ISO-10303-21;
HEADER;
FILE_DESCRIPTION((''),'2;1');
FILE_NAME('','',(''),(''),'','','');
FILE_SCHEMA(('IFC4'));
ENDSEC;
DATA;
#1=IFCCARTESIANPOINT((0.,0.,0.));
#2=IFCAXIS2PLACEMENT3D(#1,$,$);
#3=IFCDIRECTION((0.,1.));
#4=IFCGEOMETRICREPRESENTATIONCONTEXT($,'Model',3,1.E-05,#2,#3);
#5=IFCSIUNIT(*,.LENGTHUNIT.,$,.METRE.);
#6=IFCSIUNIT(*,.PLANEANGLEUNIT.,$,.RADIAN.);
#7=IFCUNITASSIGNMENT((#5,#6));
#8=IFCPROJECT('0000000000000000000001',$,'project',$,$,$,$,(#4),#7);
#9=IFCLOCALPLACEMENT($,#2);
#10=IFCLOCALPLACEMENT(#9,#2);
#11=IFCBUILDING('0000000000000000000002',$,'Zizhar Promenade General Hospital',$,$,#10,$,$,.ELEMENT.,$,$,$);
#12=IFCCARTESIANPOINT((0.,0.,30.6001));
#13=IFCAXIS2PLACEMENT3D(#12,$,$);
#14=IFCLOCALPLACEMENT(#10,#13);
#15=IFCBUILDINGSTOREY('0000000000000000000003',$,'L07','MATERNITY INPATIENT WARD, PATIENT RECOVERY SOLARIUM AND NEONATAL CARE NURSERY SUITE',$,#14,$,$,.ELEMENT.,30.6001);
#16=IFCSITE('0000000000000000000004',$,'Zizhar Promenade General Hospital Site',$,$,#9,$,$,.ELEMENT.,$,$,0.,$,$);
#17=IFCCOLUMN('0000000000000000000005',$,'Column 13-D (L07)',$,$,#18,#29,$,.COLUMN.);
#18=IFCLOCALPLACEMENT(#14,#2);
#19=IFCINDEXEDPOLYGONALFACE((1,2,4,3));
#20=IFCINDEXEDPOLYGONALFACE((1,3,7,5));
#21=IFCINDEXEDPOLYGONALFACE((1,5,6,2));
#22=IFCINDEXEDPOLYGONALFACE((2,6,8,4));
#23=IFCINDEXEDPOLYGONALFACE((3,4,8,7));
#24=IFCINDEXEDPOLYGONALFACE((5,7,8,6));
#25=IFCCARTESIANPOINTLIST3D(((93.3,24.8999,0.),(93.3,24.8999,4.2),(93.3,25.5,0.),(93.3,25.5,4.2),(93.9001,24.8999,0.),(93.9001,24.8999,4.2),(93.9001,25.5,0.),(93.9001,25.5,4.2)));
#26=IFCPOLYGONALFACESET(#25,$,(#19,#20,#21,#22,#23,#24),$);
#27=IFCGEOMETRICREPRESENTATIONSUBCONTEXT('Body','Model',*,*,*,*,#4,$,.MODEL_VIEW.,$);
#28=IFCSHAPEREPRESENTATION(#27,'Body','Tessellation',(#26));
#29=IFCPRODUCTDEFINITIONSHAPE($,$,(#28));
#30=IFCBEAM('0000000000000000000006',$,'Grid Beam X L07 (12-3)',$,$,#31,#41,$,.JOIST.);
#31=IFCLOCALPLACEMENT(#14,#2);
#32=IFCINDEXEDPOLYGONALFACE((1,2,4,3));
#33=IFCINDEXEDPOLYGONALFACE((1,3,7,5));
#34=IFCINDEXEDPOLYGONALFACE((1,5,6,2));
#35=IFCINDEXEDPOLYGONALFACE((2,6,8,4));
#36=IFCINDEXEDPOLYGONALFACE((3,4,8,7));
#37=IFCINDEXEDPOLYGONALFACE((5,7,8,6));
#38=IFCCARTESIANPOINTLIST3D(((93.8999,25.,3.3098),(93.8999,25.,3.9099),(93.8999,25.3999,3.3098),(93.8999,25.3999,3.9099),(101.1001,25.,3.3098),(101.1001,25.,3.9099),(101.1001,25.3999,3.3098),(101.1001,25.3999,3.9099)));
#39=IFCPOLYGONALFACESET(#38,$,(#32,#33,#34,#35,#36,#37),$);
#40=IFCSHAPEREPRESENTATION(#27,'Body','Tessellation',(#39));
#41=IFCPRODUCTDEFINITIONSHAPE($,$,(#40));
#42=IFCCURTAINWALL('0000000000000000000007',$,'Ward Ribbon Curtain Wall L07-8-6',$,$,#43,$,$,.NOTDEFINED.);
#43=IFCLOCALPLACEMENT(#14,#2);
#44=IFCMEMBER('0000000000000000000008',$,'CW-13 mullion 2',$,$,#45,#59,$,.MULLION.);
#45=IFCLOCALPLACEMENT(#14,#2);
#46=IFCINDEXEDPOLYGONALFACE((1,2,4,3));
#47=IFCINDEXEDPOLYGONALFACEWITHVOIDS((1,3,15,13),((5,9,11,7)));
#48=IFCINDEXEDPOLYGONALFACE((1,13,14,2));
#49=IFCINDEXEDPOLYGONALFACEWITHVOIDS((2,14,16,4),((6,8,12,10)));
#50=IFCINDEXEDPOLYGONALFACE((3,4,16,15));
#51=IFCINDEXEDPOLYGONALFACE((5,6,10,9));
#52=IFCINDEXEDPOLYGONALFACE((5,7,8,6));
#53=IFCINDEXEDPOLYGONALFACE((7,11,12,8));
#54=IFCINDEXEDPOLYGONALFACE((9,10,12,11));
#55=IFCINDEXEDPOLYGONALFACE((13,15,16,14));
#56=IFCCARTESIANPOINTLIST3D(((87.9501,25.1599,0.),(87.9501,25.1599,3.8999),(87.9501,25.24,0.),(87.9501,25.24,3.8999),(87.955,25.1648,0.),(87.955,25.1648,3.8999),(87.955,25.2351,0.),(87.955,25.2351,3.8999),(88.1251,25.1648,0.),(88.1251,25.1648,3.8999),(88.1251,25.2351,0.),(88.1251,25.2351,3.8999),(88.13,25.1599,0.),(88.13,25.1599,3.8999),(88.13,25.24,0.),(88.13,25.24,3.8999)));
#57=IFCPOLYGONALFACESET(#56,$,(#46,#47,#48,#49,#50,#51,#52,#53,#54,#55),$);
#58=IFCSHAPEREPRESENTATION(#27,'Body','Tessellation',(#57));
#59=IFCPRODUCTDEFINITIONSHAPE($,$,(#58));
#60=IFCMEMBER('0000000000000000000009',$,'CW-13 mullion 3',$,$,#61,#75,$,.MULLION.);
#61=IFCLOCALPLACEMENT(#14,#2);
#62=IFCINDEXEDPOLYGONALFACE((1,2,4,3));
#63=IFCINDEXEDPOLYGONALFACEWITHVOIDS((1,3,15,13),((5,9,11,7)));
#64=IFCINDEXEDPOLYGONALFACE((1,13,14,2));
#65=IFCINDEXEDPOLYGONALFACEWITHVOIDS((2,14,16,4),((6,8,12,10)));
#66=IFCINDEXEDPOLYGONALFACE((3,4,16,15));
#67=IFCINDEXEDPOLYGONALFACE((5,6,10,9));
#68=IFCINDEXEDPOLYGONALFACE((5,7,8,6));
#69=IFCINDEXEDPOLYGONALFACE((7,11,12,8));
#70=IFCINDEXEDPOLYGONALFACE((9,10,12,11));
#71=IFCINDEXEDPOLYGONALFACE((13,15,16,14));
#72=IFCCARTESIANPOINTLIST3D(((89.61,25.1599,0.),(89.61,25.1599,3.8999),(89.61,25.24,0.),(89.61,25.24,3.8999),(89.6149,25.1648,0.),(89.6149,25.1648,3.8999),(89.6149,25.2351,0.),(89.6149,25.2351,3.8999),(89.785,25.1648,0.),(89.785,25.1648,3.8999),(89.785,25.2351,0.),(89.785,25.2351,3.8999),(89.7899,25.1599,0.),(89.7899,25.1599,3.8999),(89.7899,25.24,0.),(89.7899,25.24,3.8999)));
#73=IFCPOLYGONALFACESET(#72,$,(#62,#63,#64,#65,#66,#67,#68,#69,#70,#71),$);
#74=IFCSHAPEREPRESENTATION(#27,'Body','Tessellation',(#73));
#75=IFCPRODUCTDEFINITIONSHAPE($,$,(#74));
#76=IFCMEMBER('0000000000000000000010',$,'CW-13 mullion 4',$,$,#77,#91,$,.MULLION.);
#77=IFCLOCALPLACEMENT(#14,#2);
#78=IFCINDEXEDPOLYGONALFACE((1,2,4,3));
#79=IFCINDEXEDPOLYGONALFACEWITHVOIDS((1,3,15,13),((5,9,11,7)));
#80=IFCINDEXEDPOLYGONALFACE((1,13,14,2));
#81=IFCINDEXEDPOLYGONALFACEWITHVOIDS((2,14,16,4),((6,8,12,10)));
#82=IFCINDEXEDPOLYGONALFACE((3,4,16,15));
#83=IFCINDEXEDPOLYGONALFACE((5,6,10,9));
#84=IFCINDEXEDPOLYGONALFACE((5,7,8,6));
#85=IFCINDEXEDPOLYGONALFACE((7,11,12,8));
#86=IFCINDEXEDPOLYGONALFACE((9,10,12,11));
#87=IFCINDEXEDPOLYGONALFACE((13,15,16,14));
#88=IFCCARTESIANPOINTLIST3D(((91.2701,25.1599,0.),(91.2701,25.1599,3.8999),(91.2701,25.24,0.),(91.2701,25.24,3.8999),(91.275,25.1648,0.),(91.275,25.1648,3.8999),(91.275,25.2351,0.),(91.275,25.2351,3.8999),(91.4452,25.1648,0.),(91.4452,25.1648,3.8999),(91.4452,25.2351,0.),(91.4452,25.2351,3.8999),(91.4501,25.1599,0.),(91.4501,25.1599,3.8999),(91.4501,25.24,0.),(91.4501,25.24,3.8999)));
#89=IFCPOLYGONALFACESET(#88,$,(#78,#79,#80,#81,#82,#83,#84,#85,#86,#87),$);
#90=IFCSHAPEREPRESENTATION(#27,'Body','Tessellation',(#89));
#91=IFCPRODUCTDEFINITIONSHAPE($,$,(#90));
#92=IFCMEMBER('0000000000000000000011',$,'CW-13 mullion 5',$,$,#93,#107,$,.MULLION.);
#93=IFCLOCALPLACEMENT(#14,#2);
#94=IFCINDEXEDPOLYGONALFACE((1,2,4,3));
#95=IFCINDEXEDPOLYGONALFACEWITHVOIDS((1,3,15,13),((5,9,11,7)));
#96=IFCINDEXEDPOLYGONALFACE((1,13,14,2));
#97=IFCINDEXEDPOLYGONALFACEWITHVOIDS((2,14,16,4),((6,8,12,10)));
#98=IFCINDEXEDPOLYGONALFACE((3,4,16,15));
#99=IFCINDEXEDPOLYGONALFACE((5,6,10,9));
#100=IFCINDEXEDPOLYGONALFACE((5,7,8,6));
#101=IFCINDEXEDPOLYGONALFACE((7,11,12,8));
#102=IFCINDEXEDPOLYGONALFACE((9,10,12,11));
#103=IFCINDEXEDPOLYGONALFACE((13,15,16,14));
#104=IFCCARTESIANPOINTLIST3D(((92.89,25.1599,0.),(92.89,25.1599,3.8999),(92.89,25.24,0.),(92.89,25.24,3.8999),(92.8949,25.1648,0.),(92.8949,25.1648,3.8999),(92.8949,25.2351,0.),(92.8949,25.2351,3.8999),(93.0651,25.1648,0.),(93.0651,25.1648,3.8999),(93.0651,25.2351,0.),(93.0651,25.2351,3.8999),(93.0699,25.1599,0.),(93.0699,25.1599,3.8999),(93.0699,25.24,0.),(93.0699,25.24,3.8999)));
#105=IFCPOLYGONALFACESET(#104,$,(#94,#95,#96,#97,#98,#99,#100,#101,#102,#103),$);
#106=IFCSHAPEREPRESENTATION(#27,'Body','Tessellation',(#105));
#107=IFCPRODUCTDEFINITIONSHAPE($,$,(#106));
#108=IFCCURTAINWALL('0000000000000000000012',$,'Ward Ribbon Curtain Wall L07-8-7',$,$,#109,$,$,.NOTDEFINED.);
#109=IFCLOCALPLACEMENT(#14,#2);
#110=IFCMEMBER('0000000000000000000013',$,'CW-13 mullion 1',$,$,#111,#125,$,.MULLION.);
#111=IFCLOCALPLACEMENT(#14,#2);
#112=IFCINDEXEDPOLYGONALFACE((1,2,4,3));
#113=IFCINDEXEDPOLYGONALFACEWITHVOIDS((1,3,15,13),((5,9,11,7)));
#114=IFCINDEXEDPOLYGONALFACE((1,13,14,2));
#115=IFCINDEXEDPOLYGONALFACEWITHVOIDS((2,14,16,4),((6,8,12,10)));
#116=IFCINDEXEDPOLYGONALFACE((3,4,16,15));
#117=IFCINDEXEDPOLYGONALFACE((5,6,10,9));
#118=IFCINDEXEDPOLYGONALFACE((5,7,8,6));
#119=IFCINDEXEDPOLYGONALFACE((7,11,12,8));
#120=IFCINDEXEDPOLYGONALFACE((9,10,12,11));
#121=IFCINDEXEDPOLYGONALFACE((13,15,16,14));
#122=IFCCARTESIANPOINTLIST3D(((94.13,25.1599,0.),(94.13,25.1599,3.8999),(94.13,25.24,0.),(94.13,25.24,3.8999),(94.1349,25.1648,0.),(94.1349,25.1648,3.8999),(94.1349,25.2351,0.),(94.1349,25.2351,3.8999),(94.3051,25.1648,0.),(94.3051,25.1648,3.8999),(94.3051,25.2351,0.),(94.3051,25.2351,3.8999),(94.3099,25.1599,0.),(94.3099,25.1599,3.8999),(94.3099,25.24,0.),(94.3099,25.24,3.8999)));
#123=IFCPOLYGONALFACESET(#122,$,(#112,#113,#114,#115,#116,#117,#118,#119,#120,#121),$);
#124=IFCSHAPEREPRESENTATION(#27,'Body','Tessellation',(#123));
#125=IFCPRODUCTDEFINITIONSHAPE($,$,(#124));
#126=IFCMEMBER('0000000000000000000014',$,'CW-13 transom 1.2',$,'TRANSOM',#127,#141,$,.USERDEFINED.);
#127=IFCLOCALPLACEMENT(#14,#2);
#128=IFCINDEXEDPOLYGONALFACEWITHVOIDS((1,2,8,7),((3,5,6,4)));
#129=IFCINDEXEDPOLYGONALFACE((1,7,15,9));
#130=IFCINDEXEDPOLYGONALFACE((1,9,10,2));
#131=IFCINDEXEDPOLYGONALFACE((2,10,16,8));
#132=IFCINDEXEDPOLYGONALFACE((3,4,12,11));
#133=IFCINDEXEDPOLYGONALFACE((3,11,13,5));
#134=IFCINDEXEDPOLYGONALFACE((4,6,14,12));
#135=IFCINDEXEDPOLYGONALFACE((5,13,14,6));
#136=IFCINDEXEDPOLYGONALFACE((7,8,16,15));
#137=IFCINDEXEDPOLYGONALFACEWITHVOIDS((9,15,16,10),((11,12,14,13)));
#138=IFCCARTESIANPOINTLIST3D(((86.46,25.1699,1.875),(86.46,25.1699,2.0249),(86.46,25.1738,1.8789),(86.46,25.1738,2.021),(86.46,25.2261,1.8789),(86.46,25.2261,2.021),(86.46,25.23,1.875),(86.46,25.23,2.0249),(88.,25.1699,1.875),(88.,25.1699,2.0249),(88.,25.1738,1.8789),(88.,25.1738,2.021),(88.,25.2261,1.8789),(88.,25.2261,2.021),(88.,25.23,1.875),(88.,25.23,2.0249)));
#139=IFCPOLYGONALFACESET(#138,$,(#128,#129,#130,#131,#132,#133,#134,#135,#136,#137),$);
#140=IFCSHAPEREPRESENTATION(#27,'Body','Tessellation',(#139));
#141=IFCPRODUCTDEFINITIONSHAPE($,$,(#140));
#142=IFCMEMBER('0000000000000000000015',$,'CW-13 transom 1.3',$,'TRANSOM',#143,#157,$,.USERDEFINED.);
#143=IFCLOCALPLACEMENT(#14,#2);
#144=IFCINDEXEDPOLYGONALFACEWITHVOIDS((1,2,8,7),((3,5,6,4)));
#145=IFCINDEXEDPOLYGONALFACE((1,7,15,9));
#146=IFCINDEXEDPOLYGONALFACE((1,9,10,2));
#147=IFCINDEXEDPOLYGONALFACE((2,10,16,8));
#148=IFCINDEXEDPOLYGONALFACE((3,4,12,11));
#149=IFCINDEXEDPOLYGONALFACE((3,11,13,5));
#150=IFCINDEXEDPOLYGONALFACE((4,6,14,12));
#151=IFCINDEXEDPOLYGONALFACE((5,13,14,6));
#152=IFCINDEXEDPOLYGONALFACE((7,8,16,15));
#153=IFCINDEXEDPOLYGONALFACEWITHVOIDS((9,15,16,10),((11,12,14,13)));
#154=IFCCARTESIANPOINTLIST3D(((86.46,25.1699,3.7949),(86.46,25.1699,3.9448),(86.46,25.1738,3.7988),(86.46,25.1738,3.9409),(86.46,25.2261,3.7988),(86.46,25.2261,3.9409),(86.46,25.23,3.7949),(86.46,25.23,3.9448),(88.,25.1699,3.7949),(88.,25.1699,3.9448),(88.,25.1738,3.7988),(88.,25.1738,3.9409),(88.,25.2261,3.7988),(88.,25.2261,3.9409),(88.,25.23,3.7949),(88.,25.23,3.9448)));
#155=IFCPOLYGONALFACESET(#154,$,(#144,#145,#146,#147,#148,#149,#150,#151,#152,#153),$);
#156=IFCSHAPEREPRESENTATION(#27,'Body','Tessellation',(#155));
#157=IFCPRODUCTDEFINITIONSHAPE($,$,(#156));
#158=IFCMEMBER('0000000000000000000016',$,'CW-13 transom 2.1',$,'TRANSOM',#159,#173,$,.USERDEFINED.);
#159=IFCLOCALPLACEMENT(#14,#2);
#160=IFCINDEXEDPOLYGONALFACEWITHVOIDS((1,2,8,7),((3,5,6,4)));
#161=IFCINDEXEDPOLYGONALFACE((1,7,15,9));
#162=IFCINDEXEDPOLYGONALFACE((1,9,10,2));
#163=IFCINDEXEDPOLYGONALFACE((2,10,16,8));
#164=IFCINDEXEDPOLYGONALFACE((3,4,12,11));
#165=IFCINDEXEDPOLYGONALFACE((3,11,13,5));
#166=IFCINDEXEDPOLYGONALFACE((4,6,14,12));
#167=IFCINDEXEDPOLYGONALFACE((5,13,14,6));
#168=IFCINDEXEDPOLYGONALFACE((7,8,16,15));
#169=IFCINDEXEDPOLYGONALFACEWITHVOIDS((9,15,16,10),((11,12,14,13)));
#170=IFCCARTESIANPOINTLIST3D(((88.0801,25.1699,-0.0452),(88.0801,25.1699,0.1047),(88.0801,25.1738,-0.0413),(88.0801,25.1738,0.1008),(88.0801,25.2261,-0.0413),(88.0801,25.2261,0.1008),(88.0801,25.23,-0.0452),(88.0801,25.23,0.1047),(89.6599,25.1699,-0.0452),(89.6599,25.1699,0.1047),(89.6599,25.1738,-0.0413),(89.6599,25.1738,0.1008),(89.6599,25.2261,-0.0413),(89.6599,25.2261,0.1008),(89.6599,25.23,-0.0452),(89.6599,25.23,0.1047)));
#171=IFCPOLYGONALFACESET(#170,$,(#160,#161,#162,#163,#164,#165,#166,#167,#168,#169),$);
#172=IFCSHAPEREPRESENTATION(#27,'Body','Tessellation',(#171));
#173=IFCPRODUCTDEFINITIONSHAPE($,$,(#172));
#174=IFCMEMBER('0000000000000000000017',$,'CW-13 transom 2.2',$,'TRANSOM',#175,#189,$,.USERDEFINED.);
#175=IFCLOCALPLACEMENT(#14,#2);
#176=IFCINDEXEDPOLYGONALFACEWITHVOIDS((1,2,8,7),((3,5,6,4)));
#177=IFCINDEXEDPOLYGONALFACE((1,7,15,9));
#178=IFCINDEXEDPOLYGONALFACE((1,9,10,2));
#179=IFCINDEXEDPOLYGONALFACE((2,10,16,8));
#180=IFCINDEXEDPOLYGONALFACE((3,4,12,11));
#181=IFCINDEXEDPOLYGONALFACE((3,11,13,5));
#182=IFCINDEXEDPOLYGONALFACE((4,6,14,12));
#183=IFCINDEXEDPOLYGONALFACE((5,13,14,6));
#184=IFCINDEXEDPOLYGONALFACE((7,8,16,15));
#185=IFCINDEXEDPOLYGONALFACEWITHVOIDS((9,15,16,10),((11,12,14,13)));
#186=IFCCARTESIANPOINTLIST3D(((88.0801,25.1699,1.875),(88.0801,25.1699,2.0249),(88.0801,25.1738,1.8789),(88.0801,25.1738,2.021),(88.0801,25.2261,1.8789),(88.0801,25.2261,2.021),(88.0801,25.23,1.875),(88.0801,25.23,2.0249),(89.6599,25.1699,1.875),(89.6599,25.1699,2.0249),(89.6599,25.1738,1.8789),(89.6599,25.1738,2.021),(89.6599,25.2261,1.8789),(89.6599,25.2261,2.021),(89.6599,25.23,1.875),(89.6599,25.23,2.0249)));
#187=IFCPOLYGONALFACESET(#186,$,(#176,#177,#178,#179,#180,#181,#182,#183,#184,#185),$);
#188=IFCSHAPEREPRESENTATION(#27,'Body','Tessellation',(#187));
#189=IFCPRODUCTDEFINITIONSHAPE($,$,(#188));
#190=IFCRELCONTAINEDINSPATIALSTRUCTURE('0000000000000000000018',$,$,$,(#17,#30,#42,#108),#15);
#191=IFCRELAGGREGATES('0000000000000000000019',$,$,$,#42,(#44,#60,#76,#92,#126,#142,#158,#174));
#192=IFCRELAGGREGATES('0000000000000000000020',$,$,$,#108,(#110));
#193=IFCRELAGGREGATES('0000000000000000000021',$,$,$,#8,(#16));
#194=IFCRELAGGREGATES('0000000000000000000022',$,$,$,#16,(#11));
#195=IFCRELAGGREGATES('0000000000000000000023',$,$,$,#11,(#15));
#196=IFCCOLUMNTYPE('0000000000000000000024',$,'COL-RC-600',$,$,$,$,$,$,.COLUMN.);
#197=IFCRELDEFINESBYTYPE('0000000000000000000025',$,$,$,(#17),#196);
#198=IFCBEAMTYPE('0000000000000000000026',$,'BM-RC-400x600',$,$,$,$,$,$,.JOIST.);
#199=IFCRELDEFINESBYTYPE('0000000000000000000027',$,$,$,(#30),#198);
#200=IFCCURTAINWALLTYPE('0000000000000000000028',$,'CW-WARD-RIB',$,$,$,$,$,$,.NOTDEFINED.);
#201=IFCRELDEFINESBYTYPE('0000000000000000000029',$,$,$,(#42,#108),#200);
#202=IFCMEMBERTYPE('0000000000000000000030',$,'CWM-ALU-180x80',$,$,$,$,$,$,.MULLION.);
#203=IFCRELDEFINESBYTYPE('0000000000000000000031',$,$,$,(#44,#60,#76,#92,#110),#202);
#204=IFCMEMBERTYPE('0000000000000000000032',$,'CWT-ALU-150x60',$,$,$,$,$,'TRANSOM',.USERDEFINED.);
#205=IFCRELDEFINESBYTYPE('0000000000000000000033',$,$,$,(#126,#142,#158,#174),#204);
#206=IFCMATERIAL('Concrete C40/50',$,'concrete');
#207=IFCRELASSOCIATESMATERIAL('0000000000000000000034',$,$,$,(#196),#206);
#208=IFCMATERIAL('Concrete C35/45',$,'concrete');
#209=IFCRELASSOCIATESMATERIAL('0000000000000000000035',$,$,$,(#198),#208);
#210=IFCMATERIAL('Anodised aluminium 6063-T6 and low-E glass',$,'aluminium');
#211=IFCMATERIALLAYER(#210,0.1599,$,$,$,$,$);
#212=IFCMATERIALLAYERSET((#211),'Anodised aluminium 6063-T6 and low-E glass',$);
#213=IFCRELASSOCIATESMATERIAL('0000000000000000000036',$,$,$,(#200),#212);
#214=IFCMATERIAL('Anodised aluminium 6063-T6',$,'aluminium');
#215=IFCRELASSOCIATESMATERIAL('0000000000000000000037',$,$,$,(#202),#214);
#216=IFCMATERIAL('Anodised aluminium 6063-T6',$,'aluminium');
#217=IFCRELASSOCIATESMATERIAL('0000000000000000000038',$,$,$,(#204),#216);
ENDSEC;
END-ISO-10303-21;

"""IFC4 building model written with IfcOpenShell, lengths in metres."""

from ifc_helpers import new_model, si_unit, direction, frame, origin, origin_2d, place, context, subcontext, project, spatial, rectangle, hollow_rectangle, extrude, material, layer, layer_set, material_profile, profile_set, type_object, element, aggregate, save


model = new_model("IFC4")

# Units and contexts
model_context = context("Model", 3, precision=1e-05, world=origin(), true_north=direction((0.0, 1.0)))
body_context = subcontext(model_context, "Body", "Model", "MODEL_VIEW")
ifc_project = project(units=[si_unit("LENGTHUNIT", "METRE"), si_unit("PLANEANGLEUNIT", "RADIAN")], contexts=[model_context])

# Site, building, storey
site_placement = place(None, origin())
site = spatial("IfcSite", under=ifc_project, at=site_placement, Name="Zizhar Promenade General Hospital Site", CompositionType="ELEMENT", RefElevation=0.0)
building_placement = place(site_placement, origin())
building = spatial("IfcBuilding", under=site, at=building_placement, Name="Zizhar Promenade General Hospital", CompositionType="ELEMENT")
storey_placement = place(building_placement, frame((0.0, 0.0, 30.6001)))
storey = spatial("IfcBuildingStorey", under=building, at=storey_placement, Name="L07", Description="MATERNITY INPATIENT WARD, PATIENT RECOVERY SOLARIUM AND NEONATAL CARE NURSERY SUITE", CompositionType="ELEMENT", Elevation=30.6001)

# Column
ifc_material_1 = material(Name="Concrete C40/50", Category="concrete")
ifc_material_profile_1 = material_profile(ifc_material_1, rectangle(XDim=0.6001, YDim=0.6001, at=origin_2d()))
ifc_profile_set_1 = profile_set([ifc_material_profile_1], Name="Concrete C40/50")
column_type = type_object("IfcColumnType", Name="COL-RC-600", PredefinedType="COLUMN", material=ifc_profile_set_1)
column_placement = place(storey_placement, frame((93.6001, 25.2, 0.0), z_axis=(0.0, 0.0, 1.0), x_axis=(1.0, 0.0, 0.0)))
element("IfcColumn", 1, at=column_placement, inside=storey, type_object=column_type, Name="Column 13-D (L07)", PredefinedType="COLUMN", context=body_context, shape_type="SweptSolid", body=[
    extrude(rectangle(XDim=0.6001, YDim=0.6001, at=origin_2d()), origin(), (0.0, 0.0, 1.0), 4.2),
])

# Beam
ifc_material_2 = material(Name="Concrete C35/45", Category="concrete")
ifc_material_profile_2 = material_profile(ifc_material_2, rectangle(XDim=0.3999, YDim=0.6001, at=origin_2d()))
ifc_profile_set_2 = profile_set([ifc_material_profile_2], Name="Concrete C35/45")
beam_type = type_object("IfcBeamType", Name="BM-RC-400x600", PredefinedType="JOIST", material=ifc_profile_set_2)
beam_placement = place(storey_placement, frame((93.8999, 25.2, 3.6099), z_axis=(1.0, 0.0, 0.0), x_axis=(0.0, 1.0, 0.0)))
element("IfcBeam", 2, at=beam_placement, inside=storey, type_object=beam_type, Name="Grid Beam X L07 (12-3)", PredefinedType="JOIST", context=body_context, shape_type="SweptSolid", body=[
    extrude(rectangle(XDim=0.3999, YDim=0.6001, at=origin_2d()), origin(), (0.0, 0.0, 1.0), 7.2002),
])

# Curtain wall, members
ifc_material_3 = material(Name="Anodised aluminium 6063-T6 and low-E glass", Category="aluminium")
ifc_layer_1 = layer(ifc_material_3, 0.1599)
ifc_layer_set_1 = layer_set([ifc_layer_1], Name="Anodised aluminium 6063-T6 and low-E glass")
curtain_wall_type = type_object("IfcCurtainWallType", Name="CW-WARD-RIB", PredefinedType="NOTDEFINED", material=ifc_layer_set_1)
curtain_wall_1_placement = place(storey_placement, origin())
curtain_wall_1 = element("IfcCurtainWall", 3, at=curtain_wall_1_placement, inside=storey, type_object=curtain_wall_type, Name="Ward Ribbon Curtain Wall L07-8-6", PredefinedType="NOTDEFINED")
ifc_material_4 = material(Name="Anodised aluminium 6063-T6", Category="aluminium")
ifc_material_profile_3 = material_profile(ifc_material_4, hollow_rectangle(XDim=0.0801, YDim=0.1799, WallThickness=0.0049, at=origin_2d()))
ifc_profile_set_3 = profile_set([ifc_material_profile_3], Name="Anodised aluminium 6063-T6")
member_type_1 = type_object("IfcMemberType", Name="CWM-ALU-180x80", PredefinedType="MULLION", material=ifc_profile_set_3)
member_1_placement = place(storey_placement, frame((88.04, 25.2, 0.0), z_axis=(0.0, 0.0, 1.0), x_axis=(0.0, 1.0, 0.0)))
member_1 = element("IfcMember", 4, at=member_1_placement, type_object=member_type_1, Name="CW-13 mullion 2", PredefinedType="MULLION", context=body_context, shape_type="SweptSolid", body=[
    extrude(hollow_rectangle(XDim=0.0801, YDim=0.1799, WallThickness=0.0049, at=origin_2d()), origin(), (0.0, 0.0, 1.0), 3.8999),
])
member_2_placement = place(storey_placement, frame((89.7, 25.2, 0.0), z_axis=(0.0, 0.0, 1.0), x_axis=(0.0, 1.0, 0.0)))
member_2 = element("IfcMember", 5, at=member_2_placement, type_object=member_type_1, Name="CW-13 mullion 3", PredefinedType="MULLION", context=body_context, shape_type="SweptSolid", body=[
    extrude(hollow_rectangle(XDim=0.0801, YDim=0.1799, WallThickness=0.0049, at=origin_2d()), origin(), (0.0, 0.0, 1.0), 3.8999),
])
member_3_placement = place(storey_placement, frame((91.3601, 25.2, 0.0), z_axis=(0.0, 0.0, 1.0), x_axis=(0.0, 1.0, 0.0)))
member_3 = element("IfcMember", 6, at=member_3_placement, type_object=member_type_1, Name="CW-13 mullion 4", PredefinedType="MULLION", context=body_context, shape_type="SweptSolid", body=[
    extrude(hollow_rectangle(XDim=0.0801, YDim=0.1799, WallThickness=0.0049, at=origin_2d()), origin(), (0.0, 0.0, 1.0), 3.8999),
])
member_4_placement = place(storey_placement, frame((92.98, 25.2, 0.0), z_axis=(0.0, 0.0, 1.0), x_axis=(0.0, 1.0, 0.0)))
member_4 = element("IfcMember", 7, at=member_4_placement, type_object=member_type_1, Name="CW-13 mullion 5", PredefinedType="MULLION", context=body_context, shape_type="SweptSolid", body=[
    extrude(hollow_rectangle(XDim=0.0801, YDim=0.1799, WallThickness=0.0049, at=origin_2d()), origin(), (0.0, 0.0, 1.0), 3.8999),
])

# Curtain wall, member
curtain_wall_2_placement = place(storey_placement, origin())
curtain_wall_2 = element("IfcCurtainWall", 8, at=curtain_wall_2_placement, inside=storey, type_object=curtain_wall_type, Name="Ward Ribbon Curtain Wall L07-8-7", PredefinedType="NOTDEFINED")
member_5_placement = place(storey_placement, frame((94.22, 25.2, 0.0), z_axis=(0.0, 0.0, 1.0), x_axis=(0.0, 1.0, 0.0)))
member_5 = element("IfcMember", 9, at=member_5_placement, type_object=member_type_1, Name="CW-13 mullion 1", PredefinedType="MULLION", context=body_context, shape_type="SweptSolid", body=[
    extrude(hollow_rectangle(XDim=0.0801, YDim=0.1799, WallThickness=0.0049, at=origin_2d()), origin(), (0.0, 0.0, 1.0), 3.8999),
])

# Members
ifc_material_5 = material(Name="Anodised aluminium 6063-T6", Category="aluminium")
ifc_material_profile_4 = material_profile(ifc_material_5, hollow_rectangle(XDim=0.0601, YDim=0.1499, WallThickness=0.0039, at=origin_2d()))
ifc_profile_set_4 = profile_set([ifc_material_profile_4], Name="Anodised aluminium 6063-T6")
member_type_2 = type_object("IfcMemberType", Name="CWT-ALU-150x60", ElementType="TRANSOM", PredefinedType="USERDEFINED", material=ifc_profile_set_4)
member_6_placement = place(storey_placement, frame((86.46, 25.2, 1.95), z_axis=(1.0, 0.0, 0.0), x_axis=(0.0, 1.0, 0.0)))
member_6 = element("IfcMember", 10, at=member_6_placement, type_object=member_type_2, Name="CW-13 transom 1.2", ObjectType="TRANSOM", PredefinedType="USERDEFINED", context=body_context, shape_type="SweptSolid", body=[
    extrude(hollow_rectangle(XDim=0.0601, YDim=0.1499, WallThickness=0.0039, at=origin_2d()), origin(), (0.0, 0.0, 1.0), 1.54),
])
member_7_placement = place(storey_placement, frame((86.46, 25.2, 3.8699), z_axis=(1.0, 0.0, 0.0), x_axis=(0.0, 1.0, 0.0)))
member_7 = element("IfcMember", 11, at=member_7_placement, type_object=member_type_2, Name="CW-13 transom 1.3", ObjectType="TRANSOM", PredefinedType="USERDEFINED", context=body_context, shape_type="SweptSolid", body=[
    extrude(hollow_rectangle(XDim=0.0601, YDim=0.1499, WallThickness=0.0039, at=origin_2d()), origin(), (0.0, 0.0, 1.0), 1.54),
])
member_8_placement = place(storey_placement, frame((88.0801, 25.2, 0.0298), z_axis=(1.0, 0.0, 0.0), x_axis=(0.0, 1.0, 0.0)))
member_8 = element("IfcMember", 12, at=member_8_placement, type_object=member_type_2, Name="CW-13 transom 2.1", ObjectType="TRANSOM", PredefinedType="USERDEFINED", context=body_context, shape_type="SweptSolid", body=[
    extrude(hollow_rectangle(XDim=0.0601, YDim=0.1499, WallThickness=0.0039, at=origin_2d()), origin(), (0.0, 0.0, 1.0), 1.5798),
])
member_9_placement = place(storey_placement, frame((88.0801, 25.2, 1.95), z_axis=(1.0, 0.0, 0.0), x_axis=(0.0, 1.0, 0.0)))
member_9 = element("IfcMember", 13, at=member_9_placement, type_object=member_type_2, Name="CW-13 transom 2.2", ObjectType="TRANSOM", PredefinedType="USERDEFINED", context=body_context, shape_type="SweptSolid", body=[
    extrude(hollow_rectangle(XDim=0.0601, YDim=0.1499, WallThickness=0.0039, at=origin_2d()), origin(), (0.0, 0.0, 1.0), 1.5798),
])

aggregate(curtain_wall_1, [member_1, member_2, member_3, member_4, member_6, member_7, member_8, member_9])
aggregate(curtain_wall_2, [member_5])

save(model, "model.ifc")
